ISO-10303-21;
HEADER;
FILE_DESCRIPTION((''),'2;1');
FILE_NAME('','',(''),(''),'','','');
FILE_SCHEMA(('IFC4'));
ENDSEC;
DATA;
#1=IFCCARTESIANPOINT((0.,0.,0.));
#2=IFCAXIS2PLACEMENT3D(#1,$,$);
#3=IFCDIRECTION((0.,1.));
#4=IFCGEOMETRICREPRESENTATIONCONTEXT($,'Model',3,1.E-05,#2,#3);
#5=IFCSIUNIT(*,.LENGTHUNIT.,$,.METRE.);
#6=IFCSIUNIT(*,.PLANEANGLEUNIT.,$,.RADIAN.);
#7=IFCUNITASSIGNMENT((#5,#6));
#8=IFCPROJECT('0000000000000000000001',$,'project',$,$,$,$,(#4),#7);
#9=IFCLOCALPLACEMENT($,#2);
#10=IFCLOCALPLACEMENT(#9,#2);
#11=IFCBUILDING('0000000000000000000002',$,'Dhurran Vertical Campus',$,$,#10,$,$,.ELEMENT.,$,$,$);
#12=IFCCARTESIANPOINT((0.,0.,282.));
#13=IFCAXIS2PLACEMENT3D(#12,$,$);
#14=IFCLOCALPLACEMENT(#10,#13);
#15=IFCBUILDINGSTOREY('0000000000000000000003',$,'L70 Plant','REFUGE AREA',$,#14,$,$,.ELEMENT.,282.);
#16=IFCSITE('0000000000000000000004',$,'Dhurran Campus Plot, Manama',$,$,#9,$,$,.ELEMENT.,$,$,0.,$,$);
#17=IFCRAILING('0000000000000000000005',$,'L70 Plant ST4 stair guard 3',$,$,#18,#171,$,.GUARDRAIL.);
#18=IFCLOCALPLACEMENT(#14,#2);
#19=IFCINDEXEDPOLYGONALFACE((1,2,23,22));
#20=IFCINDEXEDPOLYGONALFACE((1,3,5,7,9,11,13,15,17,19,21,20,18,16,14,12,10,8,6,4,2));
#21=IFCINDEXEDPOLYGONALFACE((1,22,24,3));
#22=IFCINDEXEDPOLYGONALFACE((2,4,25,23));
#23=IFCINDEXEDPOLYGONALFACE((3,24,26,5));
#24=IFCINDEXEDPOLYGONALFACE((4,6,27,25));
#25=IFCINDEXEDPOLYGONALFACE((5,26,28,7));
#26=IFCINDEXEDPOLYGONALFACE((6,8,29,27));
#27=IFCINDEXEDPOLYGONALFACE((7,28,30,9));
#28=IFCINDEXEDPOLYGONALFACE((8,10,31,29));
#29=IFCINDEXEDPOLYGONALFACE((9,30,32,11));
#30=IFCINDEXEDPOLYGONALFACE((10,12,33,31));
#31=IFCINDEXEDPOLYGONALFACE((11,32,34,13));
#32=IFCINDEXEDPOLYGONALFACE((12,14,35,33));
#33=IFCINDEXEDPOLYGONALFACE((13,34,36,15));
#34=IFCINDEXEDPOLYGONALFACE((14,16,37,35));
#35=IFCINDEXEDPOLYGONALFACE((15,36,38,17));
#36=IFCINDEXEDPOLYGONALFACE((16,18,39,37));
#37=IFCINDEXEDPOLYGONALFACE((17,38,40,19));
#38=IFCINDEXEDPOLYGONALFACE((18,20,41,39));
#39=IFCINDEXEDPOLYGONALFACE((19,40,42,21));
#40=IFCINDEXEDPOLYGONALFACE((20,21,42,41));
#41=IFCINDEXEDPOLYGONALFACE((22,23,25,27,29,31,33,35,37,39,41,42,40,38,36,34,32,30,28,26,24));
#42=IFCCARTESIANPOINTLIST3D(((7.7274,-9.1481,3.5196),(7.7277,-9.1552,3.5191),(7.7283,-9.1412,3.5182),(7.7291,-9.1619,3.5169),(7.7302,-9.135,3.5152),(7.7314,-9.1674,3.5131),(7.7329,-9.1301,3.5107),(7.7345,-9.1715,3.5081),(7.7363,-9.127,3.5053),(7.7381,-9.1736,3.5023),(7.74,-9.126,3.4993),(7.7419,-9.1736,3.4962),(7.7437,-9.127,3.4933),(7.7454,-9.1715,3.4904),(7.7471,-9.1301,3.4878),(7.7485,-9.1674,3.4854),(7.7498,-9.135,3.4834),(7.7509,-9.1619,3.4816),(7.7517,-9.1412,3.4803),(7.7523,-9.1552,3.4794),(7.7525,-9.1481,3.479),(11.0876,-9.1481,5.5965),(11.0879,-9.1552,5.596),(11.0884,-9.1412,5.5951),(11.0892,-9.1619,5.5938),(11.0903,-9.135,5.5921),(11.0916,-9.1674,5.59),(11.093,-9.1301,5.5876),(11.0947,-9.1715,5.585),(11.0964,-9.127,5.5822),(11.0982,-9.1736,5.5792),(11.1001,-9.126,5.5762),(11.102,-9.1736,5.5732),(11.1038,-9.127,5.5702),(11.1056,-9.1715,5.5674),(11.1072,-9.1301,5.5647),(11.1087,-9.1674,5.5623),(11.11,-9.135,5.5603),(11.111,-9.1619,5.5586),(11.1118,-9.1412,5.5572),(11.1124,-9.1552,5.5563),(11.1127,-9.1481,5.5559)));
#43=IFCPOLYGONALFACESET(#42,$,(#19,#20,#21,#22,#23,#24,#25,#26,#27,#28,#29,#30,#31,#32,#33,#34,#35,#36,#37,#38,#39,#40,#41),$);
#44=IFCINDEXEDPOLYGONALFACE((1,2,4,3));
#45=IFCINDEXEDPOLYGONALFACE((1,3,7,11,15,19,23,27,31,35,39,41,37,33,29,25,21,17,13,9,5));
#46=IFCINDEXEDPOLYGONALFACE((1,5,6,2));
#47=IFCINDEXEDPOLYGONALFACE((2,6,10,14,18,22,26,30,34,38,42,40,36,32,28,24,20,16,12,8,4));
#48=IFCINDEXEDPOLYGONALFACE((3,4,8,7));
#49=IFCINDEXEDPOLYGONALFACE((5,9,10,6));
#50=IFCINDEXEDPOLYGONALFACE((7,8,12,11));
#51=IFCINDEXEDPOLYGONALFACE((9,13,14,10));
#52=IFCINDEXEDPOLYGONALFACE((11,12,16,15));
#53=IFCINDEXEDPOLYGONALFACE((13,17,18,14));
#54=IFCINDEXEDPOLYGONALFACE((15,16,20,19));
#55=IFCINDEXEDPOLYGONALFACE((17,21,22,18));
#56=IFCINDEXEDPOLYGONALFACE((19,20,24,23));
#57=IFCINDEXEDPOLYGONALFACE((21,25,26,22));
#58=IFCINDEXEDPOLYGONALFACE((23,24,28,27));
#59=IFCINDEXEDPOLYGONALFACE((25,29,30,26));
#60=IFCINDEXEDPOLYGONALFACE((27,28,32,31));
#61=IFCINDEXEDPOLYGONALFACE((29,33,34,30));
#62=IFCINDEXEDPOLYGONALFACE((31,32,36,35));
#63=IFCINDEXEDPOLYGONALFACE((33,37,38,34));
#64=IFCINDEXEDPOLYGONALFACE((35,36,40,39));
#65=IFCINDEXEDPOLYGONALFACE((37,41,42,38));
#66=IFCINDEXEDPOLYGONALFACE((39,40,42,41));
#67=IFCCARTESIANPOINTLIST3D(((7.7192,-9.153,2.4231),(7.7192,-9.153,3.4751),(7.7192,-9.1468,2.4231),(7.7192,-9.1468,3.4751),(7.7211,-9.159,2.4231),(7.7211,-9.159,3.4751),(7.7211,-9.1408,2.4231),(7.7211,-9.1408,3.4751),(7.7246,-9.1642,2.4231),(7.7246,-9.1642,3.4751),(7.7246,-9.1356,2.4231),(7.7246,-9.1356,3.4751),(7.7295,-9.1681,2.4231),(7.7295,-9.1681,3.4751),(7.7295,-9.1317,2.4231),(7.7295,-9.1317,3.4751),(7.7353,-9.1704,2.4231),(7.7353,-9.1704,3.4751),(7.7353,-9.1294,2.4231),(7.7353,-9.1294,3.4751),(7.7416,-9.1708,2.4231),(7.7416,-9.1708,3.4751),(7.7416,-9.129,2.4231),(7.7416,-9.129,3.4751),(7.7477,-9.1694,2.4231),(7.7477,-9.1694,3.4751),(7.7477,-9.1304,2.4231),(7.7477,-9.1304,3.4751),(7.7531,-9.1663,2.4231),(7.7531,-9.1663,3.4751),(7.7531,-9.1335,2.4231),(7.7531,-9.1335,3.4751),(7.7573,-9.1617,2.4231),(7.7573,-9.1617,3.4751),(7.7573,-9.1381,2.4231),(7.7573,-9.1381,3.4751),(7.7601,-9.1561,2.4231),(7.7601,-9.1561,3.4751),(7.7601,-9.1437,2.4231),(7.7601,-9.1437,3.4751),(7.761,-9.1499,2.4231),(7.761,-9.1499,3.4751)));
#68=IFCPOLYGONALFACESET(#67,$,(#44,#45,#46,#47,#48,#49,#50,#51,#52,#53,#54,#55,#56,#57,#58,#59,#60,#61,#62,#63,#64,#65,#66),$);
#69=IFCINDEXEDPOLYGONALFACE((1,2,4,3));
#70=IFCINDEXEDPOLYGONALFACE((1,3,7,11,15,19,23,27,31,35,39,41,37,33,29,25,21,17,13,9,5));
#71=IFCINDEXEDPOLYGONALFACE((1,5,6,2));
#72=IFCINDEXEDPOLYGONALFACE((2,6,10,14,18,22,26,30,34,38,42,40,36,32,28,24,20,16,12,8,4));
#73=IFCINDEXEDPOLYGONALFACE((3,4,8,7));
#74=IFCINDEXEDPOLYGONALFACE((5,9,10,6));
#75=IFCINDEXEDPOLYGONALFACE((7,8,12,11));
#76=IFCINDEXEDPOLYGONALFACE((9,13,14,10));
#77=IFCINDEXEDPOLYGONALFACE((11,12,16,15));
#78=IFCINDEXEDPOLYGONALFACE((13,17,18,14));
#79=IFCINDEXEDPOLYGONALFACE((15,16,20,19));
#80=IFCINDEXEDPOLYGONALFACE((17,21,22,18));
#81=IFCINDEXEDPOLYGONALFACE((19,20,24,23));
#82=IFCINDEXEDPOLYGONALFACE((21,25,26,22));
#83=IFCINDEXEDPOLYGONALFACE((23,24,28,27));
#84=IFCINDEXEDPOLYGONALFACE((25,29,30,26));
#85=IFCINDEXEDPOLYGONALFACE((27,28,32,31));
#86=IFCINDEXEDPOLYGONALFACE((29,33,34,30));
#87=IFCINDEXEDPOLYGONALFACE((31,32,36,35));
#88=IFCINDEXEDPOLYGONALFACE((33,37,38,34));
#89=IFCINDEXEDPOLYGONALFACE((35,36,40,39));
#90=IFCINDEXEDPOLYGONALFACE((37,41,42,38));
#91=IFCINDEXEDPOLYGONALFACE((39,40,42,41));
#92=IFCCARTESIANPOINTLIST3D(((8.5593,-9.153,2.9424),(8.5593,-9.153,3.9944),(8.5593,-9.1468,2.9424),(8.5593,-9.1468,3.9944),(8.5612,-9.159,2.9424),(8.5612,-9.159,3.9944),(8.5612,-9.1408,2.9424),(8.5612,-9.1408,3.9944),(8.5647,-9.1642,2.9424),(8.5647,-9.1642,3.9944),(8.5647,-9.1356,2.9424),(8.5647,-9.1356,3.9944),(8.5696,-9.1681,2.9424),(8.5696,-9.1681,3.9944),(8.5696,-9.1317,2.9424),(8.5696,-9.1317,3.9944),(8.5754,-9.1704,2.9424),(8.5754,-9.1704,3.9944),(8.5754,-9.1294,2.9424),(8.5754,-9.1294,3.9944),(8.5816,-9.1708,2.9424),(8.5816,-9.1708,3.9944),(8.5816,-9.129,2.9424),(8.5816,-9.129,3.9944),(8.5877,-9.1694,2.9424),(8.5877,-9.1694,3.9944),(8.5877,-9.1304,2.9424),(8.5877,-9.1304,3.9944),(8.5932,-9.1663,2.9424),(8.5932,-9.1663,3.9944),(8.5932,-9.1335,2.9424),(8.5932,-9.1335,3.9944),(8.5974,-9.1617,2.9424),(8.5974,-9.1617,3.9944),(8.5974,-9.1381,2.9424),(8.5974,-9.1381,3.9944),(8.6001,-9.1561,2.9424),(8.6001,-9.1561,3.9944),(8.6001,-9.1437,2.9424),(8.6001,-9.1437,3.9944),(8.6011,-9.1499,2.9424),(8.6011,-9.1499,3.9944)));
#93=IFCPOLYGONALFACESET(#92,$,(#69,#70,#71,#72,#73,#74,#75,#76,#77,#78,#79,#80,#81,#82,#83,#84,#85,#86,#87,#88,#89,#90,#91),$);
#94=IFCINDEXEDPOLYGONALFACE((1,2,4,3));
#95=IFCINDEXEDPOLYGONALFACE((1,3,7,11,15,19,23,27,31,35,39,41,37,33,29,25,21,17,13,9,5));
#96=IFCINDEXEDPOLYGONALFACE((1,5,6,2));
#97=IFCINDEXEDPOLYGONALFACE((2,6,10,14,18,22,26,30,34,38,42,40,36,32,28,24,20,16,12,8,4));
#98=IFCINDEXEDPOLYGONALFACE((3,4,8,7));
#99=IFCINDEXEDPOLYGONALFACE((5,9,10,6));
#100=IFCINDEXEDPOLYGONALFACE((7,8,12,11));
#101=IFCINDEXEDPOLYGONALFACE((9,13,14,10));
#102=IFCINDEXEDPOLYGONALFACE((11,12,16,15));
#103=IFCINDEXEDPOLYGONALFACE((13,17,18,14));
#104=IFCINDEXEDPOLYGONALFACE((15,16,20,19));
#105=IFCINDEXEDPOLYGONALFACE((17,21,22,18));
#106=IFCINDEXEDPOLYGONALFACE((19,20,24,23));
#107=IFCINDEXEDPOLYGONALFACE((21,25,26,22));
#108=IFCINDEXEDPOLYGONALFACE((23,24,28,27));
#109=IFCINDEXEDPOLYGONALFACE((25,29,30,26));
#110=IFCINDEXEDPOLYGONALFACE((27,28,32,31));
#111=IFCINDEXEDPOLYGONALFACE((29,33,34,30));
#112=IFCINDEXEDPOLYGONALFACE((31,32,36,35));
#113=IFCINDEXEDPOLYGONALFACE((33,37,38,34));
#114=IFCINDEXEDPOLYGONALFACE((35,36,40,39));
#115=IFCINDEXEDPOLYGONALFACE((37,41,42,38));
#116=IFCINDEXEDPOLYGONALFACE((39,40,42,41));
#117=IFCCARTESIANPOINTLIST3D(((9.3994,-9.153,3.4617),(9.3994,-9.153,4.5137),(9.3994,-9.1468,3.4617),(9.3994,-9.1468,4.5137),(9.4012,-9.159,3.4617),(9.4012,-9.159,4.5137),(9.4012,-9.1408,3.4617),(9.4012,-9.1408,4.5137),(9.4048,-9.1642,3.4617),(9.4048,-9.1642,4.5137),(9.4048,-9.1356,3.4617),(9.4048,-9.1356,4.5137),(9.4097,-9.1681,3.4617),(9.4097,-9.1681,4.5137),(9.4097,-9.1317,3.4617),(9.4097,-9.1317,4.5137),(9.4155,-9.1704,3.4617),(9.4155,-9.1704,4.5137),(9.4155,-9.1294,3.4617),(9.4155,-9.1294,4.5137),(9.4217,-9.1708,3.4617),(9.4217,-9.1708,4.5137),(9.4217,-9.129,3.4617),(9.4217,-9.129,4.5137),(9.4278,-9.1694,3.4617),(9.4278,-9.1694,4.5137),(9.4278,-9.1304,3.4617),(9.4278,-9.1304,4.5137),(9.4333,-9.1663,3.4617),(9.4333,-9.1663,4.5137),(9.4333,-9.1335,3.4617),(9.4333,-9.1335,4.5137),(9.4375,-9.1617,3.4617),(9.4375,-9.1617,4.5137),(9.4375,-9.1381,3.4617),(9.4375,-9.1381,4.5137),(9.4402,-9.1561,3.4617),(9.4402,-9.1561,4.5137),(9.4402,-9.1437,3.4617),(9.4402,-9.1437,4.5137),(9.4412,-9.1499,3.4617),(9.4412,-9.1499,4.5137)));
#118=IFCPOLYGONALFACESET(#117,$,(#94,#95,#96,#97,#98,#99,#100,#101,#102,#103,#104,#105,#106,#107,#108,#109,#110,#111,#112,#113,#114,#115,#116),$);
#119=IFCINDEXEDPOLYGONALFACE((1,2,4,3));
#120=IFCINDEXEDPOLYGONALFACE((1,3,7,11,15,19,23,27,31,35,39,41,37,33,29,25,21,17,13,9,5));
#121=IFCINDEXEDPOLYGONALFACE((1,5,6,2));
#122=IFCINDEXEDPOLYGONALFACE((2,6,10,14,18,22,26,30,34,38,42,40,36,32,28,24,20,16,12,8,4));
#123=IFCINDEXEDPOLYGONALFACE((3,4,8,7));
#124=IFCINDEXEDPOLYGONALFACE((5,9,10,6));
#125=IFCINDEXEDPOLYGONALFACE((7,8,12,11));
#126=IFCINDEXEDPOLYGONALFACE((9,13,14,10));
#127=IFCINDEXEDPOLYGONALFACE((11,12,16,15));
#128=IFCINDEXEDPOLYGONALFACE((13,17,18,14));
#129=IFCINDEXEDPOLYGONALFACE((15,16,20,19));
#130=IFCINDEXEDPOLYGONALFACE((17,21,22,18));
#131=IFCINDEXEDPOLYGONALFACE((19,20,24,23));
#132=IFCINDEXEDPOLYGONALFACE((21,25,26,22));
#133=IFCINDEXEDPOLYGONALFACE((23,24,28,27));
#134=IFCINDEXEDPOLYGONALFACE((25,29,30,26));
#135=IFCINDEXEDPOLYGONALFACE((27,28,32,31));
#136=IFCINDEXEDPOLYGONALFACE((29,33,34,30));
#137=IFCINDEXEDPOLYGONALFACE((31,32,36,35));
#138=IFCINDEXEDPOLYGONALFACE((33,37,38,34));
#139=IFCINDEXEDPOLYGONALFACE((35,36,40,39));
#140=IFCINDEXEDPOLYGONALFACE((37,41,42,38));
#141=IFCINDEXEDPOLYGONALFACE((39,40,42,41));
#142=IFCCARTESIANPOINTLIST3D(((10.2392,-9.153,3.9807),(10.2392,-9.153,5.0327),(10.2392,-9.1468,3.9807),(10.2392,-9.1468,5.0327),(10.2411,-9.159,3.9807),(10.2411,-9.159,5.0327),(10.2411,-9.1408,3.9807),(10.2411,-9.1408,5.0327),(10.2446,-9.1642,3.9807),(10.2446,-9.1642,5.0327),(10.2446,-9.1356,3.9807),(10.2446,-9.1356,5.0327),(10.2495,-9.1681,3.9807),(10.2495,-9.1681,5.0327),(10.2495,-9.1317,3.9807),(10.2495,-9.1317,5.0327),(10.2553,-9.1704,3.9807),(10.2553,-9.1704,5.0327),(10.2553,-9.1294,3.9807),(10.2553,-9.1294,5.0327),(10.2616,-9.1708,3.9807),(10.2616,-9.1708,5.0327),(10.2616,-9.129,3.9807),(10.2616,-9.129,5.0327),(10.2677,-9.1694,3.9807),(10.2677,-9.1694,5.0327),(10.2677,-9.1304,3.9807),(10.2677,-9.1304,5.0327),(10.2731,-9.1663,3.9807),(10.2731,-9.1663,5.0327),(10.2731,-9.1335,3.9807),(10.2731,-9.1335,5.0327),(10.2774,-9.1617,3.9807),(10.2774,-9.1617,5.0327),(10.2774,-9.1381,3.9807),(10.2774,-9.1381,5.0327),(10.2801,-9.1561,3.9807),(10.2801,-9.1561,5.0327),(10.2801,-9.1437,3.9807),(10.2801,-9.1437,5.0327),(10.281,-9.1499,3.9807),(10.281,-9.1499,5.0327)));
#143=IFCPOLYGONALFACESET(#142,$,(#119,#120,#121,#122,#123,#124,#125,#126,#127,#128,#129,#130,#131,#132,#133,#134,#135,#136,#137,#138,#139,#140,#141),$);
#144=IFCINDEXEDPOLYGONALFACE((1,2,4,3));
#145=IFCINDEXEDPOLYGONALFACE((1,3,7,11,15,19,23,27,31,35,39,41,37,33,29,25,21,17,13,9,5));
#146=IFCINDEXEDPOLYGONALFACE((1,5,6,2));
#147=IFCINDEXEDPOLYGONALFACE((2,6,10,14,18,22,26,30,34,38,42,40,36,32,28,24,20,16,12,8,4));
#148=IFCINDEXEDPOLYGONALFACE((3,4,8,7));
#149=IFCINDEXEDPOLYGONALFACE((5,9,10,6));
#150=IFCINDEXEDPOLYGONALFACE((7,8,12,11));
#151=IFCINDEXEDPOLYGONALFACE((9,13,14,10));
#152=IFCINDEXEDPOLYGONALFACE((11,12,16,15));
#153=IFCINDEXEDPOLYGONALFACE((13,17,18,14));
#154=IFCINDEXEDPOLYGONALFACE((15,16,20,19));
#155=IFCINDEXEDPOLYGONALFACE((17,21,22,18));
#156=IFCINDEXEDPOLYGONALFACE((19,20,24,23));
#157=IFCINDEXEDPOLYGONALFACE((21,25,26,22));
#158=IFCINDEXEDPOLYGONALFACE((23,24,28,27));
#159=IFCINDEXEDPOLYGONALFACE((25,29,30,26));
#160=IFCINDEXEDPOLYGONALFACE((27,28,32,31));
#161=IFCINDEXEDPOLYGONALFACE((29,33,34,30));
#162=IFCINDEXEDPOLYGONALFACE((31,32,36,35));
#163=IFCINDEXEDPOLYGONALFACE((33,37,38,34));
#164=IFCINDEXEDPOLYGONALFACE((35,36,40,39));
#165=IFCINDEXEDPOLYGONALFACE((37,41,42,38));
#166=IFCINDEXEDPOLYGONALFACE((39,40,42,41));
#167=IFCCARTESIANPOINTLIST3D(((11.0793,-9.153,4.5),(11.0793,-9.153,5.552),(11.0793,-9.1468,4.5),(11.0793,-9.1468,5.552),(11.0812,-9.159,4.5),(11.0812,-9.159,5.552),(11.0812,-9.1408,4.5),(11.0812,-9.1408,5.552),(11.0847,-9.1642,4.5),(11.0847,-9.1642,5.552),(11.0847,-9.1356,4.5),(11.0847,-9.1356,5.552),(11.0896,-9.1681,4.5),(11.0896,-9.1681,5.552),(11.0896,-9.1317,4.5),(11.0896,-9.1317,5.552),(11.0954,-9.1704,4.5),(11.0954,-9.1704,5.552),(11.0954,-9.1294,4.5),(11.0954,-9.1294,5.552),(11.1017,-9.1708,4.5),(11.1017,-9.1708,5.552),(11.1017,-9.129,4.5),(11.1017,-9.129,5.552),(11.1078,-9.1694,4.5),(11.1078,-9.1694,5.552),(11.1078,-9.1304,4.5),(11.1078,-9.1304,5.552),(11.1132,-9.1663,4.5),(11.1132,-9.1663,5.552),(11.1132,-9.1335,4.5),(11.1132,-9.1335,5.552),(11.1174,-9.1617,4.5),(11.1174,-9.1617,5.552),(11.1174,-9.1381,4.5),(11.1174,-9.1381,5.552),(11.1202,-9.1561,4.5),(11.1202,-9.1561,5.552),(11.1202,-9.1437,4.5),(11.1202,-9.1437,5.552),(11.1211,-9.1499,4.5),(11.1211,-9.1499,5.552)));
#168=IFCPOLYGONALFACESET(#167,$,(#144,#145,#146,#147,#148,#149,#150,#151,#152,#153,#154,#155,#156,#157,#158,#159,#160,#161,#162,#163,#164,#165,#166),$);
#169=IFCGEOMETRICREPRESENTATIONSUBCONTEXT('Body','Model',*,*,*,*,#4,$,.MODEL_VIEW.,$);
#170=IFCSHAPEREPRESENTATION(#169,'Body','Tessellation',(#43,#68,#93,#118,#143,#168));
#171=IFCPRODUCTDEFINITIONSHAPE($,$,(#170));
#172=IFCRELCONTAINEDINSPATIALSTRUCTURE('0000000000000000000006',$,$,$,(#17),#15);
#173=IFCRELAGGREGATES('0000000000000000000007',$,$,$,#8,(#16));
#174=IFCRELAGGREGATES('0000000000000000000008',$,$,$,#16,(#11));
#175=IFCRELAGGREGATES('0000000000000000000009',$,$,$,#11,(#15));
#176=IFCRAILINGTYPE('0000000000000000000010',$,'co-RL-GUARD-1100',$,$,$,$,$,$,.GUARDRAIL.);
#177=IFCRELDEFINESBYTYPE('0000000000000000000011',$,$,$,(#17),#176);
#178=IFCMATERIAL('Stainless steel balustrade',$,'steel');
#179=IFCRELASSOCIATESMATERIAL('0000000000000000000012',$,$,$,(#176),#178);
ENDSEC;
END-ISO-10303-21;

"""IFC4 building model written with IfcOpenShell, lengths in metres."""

from ifc_helpers import new_model, si_unit, direction, frame, origin, origin_2d, place, context, subcontext, project, spatial, circle, extrude, material, type_object, element, save


model = new_model("IFC4")

# Units and contexts
model_context = context("Model", 3, precision=1e-05, world=origin(), true_north=direction((0.0, 1.0)))
body_context = subcontext(model_context, "Body", "Model", "MODEL_VIEW")
ifc_project = project(units=[si_unit("LENGTHUNIT", "METRE"), si_unit("PLANEANGLEUNIT", "RADIAN")], contexts=[model_context])

# Site, building, storey
site_placement = place(None, origin())
site = spatial("IfcSite", under=ifc_project, at=site_placement, Name="Dhurran Campus Plot, Manama", CompositionType="ELEMENT", RefElevation=0.0)
building_placement = place(site_placement, origin())
building = spatial("IfcBuilding", under=site, at=building_placement, Name="Dhurran Vertical Campus", CompositionType="ELEMENT")
storey_placement = place(building_placement, frame((0.0, 0.0, 282.0)))
storey = spatial("IfcBuildingStorey", under=building, at=storey_placement, Name="L70 Plant", Description="REFUGE AREA", CompositionType="ELEMENT", Elevation=282.0)

# Railing
ifc_material_1 = material(Name="Stainless steel balustrade", Category="steel")
railing_type_1 = type_object("IfcRailingType", Name="co-RL-GUARD-1100", PredefinedType="GUARDRAIL", material=ifc_material_1)
railing_1_placement = place(storey_placement, frame((7.74, -9.1499, 2.4231)))
element("IfcRailing", 1, at=railing_1_placement, inside=storey, type_object=railing_type_1, Name="L70 Plant ST4 stair guard 3", PredefinedType="GUARDRAIL", context=body_context, shape_type="SweptSolid", body=[
    extrude(circle(Radius=0.0239, at=origin_2d()), frame((0.0, 0.0, 1.0762), z_axis=(0.850623, 0.0, 0.525776), x_axis=(0.0, 1.0, 0.0)), (0.0, 0.0, 1.0), 3.9502),
    extrude(circle(Radius=0.021, at=origin_2d()), origin(), (0.0, 0.0, 1.0), 1.052),
    extrude(circle(Radius=0.021, at=origin_2d()), frame((0.8401, 0.0, 0.5193)), (0.0, 0.0, 1.0), 1.052),
    extrude(circle(Radius=0.021, at=origin_2d()), frame((1.6802, 0.0, 1.0386)), (0.0, 0.0, 1.0), 1.052),
    extrude(circle(Radius=0.021, at=origin_2d()), frame((2.52, 0.0, 1.5576)), (0.0, 0.0, 1.0), 1.052),
    extrude(circle(Radius=0.021, at=origin_2d()), frame((3.3601, 0.0, 2.0769)), (0.0, 0.0, 1.0), 1.052),
])

save(model, "model.ifc")
